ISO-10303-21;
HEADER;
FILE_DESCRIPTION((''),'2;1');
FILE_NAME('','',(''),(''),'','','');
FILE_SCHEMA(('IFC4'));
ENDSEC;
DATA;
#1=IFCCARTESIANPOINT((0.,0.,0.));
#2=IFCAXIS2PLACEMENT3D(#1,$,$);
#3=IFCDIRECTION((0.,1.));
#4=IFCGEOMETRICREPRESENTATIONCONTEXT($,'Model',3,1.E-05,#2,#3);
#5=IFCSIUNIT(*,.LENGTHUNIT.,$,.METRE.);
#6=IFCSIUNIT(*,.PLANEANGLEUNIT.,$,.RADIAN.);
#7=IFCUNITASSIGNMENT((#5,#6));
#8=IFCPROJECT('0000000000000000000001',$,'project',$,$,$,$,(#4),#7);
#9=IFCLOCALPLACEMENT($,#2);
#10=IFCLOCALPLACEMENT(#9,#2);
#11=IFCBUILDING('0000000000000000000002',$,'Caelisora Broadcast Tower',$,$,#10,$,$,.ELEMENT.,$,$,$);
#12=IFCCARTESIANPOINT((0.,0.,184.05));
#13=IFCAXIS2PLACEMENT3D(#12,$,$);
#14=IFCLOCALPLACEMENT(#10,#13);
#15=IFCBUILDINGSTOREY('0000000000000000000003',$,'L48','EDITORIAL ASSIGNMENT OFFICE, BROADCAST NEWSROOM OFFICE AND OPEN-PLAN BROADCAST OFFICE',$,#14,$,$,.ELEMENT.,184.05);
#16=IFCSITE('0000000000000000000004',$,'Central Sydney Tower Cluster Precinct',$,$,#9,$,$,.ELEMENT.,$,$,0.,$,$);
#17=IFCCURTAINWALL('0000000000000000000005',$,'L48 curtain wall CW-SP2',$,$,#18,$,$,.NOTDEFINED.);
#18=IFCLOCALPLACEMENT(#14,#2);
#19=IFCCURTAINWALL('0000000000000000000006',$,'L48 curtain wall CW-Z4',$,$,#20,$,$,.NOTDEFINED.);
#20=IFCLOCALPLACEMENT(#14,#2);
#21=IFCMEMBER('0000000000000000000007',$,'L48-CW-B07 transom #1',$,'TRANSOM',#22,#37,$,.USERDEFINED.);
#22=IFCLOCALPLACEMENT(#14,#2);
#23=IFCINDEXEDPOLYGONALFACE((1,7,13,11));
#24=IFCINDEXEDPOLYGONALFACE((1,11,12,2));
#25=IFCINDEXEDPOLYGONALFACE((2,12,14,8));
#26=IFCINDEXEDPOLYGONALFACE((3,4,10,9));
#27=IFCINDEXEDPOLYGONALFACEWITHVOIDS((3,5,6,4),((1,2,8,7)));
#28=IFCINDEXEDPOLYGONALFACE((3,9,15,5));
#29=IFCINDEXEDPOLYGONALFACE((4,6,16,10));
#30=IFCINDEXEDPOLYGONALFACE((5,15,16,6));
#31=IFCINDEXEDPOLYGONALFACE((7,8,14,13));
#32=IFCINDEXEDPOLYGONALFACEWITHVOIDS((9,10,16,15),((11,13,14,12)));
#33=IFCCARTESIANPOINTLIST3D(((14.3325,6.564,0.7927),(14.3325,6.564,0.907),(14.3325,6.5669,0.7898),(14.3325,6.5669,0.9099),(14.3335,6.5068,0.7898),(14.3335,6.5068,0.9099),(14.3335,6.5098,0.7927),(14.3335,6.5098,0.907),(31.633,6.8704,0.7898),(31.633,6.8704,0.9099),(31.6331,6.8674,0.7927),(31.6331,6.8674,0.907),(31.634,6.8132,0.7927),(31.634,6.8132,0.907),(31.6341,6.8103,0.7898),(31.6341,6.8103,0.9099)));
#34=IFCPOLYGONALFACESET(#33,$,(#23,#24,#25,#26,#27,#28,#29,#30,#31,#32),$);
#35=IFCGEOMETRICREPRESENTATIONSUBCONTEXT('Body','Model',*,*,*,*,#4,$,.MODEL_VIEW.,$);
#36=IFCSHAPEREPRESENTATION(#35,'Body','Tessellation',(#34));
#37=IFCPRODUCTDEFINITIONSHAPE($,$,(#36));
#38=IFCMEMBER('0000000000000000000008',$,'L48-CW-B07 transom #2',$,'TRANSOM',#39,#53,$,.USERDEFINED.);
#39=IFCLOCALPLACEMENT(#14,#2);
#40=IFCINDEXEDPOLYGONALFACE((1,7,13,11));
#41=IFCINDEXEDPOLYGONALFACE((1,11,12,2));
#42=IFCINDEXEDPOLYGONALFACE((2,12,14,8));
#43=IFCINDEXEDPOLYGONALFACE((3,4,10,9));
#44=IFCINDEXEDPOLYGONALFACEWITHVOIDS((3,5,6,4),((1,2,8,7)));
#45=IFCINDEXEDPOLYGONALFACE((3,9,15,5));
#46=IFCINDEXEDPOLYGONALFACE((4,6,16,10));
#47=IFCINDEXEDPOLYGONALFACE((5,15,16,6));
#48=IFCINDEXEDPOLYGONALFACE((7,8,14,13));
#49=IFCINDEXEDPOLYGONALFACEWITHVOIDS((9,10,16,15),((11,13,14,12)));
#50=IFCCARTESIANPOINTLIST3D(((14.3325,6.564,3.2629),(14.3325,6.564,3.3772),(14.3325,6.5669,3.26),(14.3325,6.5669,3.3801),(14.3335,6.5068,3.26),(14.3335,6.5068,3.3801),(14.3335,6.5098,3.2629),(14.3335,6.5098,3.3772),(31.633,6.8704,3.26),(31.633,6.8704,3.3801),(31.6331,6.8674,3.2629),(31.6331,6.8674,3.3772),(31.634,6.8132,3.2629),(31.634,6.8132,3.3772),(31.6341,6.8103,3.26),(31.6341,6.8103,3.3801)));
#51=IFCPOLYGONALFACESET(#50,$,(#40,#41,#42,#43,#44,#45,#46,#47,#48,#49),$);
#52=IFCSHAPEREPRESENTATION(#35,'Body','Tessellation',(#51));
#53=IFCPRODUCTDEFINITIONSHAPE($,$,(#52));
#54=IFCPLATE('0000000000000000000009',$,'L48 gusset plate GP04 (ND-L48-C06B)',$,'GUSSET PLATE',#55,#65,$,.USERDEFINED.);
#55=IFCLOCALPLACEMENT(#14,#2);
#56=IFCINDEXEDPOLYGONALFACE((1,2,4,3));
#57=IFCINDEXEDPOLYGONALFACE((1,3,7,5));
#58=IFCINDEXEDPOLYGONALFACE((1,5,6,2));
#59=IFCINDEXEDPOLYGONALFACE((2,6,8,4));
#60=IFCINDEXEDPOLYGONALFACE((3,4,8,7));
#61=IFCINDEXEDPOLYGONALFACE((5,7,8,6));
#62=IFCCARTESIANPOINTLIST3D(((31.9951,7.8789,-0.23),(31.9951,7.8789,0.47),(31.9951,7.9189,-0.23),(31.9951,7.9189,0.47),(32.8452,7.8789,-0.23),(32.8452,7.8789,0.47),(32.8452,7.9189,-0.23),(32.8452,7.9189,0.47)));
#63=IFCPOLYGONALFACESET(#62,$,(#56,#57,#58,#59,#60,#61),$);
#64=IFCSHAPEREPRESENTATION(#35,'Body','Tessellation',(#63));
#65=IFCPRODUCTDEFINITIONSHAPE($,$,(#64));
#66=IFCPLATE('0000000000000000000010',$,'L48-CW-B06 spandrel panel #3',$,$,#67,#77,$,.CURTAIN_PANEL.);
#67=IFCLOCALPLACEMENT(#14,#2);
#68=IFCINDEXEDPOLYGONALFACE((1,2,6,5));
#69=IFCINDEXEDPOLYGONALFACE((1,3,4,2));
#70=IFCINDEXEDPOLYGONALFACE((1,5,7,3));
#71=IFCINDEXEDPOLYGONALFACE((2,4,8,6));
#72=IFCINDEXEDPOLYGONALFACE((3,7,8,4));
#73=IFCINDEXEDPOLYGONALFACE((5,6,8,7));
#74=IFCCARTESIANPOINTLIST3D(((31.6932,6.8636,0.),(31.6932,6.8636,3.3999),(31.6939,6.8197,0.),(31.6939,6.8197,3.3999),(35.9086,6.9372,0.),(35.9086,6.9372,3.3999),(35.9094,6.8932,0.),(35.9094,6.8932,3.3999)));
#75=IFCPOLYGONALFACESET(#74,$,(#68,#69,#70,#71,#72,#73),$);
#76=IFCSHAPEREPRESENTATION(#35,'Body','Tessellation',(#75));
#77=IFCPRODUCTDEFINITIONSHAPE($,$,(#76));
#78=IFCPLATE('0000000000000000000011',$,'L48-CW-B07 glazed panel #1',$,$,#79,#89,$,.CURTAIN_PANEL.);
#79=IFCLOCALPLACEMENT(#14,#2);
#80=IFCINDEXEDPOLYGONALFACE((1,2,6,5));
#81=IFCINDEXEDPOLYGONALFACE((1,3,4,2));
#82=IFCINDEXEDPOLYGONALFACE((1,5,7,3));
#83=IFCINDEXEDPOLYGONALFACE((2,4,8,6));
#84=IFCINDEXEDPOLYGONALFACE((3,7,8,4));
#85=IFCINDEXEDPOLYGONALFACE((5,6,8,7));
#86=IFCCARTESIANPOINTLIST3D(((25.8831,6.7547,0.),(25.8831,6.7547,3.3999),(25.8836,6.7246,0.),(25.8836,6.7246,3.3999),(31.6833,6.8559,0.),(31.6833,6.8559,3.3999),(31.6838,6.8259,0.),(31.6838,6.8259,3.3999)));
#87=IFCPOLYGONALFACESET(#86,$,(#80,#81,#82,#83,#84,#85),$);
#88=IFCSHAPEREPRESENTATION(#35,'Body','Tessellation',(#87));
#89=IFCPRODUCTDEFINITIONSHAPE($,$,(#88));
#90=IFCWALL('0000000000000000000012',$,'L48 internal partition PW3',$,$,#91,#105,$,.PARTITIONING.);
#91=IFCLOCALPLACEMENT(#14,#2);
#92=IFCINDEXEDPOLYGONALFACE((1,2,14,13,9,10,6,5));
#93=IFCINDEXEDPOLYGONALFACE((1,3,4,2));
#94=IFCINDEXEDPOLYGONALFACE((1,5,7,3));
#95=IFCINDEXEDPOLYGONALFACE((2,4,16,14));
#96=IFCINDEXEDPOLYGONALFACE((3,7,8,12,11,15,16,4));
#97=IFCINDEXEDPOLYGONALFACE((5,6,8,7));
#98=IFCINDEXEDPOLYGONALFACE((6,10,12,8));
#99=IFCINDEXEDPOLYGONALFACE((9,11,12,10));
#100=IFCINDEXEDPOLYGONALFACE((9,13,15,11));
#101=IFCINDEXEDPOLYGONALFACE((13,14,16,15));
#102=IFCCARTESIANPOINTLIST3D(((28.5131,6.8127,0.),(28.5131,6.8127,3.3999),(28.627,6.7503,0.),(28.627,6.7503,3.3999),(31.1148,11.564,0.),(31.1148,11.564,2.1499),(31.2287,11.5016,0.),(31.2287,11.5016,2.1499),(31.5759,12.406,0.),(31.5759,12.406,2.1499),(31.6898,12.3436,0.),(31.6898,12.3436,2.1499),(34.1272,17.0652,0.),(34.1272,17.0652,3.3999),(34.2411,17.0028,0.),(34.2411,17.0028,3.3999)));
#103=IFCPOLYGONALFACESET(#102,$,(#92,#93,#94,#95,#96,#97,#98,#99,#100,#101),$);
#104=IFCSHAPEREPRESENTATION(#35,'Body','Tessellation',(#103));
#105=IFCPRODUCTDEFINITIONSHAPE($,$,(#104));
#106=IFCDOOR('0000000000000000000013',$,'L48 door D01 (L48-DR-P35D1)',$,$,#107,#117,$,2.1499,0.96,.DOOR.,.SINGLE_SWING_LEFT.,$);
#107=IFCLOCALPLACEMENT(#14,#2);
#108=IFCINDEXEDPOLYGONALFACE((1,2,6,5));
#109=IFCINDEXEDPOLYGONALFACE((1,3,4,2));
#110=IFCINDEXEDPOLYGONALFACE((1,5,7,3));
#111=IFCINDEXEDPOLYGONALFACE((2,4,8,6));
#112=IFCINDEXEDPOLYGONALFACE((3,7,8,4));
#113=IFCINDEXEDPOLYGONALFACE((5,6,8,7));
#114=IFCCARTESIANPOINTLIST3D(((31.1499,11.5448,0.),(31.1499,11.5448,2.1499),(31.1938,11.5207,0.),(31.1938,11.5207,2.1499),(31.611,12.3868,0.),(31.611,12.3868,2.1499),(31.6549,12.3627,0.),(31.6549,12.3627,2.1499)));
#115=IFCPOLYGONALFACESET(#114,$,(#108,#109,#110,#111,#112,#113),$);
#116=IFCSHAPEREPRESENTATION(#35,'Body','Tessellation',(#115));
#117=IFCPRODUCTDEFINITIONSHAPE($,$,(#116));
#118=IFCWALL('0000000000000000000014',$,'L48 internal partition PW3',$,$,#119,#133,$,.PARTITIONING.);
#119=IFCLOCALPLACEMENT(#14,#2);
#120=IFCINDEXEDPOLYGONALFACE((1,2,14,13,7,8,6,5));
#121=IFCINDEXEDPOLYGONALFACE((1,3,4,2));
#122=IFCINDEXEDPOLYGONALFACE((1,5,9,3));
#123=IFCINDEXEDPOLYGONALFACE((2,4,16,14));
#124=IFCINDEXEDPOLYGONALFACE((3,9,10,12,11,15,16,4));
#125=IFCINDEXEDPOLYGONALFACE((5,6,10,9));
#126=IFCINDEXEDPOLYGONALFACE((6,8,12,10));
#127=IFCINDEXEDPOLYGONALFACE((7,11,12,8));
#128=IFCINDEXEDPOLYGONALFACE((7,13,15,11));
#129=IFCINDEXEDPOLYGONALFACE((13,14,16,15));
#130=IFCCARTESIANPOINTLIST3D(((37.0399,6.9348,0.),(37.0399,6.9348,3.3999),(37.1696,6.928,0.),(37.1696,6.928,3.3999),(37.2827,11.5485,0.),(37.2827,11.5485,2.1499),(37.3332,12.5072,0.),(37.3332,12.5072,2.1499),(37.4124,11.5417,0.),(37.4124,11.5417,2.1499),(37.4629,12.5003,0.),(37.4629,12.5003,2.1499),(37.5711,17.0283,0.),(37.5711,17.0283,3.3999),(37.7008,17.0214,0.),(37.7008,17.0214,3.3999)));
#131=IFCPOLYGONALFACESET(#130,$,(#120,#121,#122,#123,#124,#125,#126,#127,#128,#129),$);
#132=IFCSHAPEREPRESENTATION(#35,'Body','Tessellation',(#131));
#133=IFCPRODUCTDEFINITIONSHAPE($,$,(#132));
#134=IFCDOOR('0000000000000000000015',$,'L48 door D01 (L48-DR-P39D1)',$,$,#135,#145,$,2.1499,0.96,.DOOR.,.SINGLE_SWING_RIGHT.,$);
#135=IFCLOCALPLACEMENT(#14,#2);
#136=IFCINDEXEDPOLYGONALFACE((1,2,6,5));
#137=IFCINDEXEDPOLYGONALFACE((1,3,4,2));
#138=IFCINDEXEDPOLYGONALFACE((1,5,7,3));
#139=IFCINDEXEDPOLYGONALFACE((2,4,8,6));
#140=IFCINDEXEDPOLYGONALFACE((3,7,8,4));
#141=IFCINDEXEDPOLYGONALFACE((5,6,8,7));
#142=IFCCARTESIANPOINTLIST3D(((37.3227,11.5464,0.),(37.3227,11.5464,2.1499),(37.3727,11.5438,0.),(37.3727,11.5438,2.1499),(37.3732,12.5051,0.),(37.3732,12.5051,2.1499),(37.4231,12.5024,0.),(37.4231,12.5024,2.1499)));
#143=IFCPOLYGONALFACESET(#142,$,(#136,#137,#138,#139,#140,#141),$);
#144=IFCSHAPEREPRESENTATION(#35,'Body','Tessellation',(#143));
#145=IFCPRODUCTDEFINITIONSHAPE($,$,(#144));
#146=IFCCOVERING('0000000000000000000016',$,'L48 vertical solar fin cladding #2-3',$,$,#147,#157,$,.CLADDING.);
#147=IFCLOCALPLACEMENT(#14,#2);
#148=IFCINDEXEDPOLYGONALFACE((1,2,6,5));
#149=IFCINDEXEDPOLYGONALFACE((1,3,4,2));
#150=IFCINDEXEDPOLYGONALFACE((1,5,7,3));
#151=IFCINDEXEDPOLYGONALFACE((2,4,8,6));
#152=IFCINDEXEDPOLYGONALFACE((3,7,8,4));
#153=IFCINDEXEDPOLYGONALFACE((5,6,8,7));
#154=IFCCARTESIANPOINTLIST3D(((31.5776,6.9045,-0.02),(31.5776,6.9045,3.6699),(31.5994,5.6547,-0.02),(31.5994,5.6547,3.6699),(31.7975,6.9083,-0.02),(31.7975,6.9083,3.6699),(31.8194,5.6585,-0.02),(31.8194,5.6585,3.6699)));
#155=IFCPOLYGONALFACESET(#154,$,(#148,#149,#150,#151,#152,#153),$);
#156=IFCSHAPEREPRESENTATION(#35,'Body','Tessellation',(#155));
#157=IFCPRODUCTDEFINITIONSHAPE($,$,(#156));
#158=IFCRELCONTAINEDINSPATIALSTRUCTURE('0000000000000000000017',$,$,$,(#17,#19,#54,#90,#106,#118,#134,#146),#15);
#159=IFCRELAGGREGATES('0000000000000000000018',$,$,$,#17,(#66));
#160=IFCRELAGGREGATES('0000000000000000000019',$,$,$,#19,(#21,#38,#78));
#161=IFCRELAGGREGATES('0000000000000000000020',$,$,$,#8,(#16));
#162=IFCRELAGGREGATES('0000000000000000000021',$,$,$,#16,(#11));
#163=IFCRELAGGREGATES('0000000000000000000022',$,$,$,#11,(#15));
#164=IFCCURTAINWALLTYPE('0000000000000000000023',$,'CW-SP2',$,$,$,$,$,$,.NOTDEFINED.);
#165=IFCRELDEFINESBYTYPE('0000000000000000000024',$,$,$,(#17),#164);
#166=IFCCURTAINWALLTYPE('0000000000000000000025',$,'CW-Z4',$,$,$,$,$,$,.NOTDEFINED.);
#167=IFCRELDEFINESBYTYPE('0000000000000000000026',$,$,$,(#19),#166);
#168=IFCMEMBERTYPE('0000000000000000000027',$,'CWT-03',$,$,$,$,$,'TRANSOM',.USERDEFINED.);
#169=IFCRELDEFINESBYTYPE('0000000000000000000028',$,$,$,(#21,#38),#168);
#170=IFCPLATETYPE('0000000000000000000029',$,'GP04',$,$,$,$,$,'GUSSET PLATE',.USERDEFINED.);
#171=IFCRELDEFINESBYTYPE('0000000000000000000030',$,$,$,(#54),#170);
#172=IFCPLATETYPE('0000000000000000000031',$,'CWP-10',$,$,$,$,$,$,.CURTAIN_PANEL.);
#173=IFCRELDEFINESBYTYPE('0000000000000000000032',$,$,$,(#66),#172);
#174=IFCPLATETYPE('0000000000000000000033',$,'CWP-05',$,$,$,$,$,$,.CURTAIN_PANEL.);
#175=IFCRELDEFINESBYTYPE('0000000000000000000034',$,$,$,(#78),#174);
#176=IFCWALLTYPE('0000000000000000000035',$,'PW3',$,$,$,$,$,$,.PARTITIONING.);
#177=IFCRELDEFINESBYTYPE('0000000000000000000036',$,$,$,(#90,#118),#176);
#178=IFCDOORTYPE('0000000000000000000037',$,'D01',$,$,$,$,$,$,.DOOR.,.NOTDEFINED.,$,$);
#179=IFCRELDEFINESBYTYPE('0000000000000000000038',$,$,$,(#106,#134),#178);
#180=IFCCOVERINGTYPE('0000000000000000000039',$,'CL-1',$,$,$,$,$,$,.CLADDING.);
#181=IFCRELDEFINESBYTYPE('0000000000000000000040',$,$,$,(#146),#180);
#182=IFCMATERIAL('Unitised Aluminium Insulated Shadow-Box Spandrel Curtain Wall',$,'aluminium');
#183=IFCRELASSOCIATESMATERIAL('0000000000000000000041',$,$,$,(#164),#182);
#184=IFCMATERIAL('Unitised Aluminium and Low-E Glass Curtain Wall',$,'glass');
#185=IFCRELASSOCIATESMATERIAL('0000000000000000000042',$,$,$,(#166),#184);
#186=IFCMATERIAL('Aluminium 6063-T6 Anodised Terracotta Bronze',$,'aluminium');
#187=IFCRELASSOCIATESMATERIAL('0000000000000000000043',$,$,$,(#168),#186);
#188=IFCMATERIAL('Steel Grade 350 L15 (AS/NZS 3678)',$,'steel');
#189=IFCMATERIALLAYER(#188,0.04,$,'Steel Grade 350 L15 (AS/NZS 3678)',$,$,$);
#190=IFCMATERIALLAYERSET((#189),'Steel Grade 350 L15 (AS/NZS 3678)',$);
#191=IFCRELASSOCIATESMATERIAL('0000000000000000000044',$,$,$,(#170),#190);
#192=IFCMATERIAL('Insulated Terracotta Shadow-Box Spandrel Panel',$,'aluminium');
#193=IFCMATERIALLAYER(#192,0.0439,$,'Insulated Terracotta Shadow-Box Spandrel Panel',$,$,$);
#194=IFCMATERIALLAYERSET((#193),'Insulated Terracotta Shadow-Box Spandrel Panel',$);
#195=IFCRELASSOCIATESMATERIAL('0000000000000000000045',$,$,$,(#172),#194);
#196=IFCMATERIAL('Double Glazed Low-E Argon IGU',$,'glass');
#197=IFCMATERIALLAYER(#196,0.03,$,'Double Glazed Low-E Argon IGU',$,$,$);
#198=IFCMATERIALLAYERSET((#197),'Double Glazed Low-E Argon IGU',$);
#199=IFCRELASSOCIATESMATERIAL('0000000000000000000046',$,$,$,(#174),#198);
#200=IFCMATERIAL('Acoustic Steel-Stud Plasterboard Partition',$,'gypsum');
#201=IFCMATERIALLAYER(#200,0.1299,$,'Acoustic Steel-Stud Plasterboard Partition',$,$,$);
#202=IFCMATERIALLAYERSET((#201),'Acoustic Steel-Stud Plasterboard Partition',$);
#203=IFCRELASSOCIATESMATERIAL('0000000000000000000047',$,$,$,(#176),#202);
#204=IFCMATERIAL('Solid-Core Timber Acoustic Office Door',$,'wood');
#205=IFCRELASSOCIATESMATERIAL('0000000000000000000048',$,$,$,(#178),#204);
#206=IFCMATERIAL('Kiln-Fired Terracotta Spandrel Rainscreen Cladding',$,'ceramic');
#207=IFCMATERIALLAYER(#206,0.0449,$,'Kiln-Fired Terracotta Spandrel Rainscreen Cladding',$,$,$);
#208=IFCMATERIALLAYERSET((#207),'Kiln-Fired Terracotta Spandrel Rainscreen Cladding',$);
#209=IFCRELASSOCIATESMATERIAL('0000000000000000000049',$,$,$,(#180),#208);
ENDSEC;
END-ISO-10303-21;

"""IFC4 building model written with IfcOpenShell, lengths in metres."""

from ifc_helpers import new_model, si_unit, direction, frame, frame_2d, origin, origin_2d, place, context, subcontext, project, spatial, rectangle, hollow_rectangle, extrude, source, transform, mapped, material, layer, layer_set, material_profile, profile_set, type_object, type_shapes, element, fill, aggregate, save


model = new_model("IFC4")

# Units and contexts
model_context = context("Model", 3, precision=1e-05, world=origin(), true_north=direction((0.0, 1.0)))
body_context = subcontext(model_context, "Body", "Model", "MODEL_VIEW")
ifc_project = project(units=[si_unit("LENGTHUNIT", "METRE"), si_unit("PLANEANGLEUNIT", "RADIAN")], contexts=[model_context])

# Site, building, storey
site_placement = place(None, origin())
site = spatial("IfcSite", under=ifc_project, at=site_placement, Name="Central Sydney Tower Cluster Precinct", CompositionType="ELEMENT", RefElevation=0.0)
building_placement = place(site_placement, origin())
building = spatial("IfcBuilding", under=site, at=building_placement, Name="Caelisora Broadcast Tower", CompositionType="ELEMENT")
storey_placement = place(building_placement, frame((0.0, 0.0, 184.05)))
storey = spatial("IfcBuildingStorey", under=building, at=storey_placement, Name="L48", Description="EDITORIAL ASSIGNMENT OFFICE, BROADCAST NEWSROOM OFFICE AND OPEN-PLAN BROADCAST OFFICE", CompositionType="ELEMENT", Elevation=184.05)

# Shared definitions
ifc_material_1 = material(Name="Steel Grade 350 L15 (AS/NZS 3678)", Category="steel")

# Curtain walls, members
ifc_material_2 = material(Name="Unitised Aluminium Insulated Shadow-Box Spandrel Curtain Wall", Category="aluminium")
curtain_wall_type_1 = type_object("IfcCurtainWallType", Name="CW-SP2", PredefinedType="NOTDEFINED", material=ifc_material_2)
curtain_wall_1_placement = place(storey_placement, origin())
curtain_wall_1 = element("IfcCurtainWall", 1, at=curtain_wall_1_placement, inside=storey, type_object=curtain_wall_type_1, Name="L48 curtain wall CW-SP2", PredefinedType="NOTDEFINED")
ifc_material_3 = material(Name="Aluminium 6063-T6 Anodised Terracotta Bronze", Category="aluminium")
ifc_material_4 = material(Name="Unitised Aluminium and Low-E Glass Curtain Wall", Category="glass")
curtain_wall_type_2 = type_object("IfcCurtainWallType", Name="CW-Z4", PredefinedType="NOTDEFINED", material=ifc_material_4)
curtain_wall_2_placement = place(storey_placement, origin())
curtain_wall_2 = element("IfcCurtainWall", 2, at=curtain_wall_2_placement, inside=storey, type_object=curtain_wall_type_2, Name="L48 curtain wall CW-Z4", PredefinedType="NOTDEFINED")
ifc_material_profile_1 = material_profile(ifc_material_3, hollow_rectangle(XDim=0.0601, YDim=0.1201, WallThickness=0.0029, at=origin_2d()), Name="Aluminium 6063-T6 Anodised Terracotta Bronze")
ifc_profile_set_1 = profile_set([ifc_material_profile_1], Name="Aluminium 6063-T6 Anodised Terracotta Bronze")
member_type_1 = type_object("IfcMemberType", Name="CWT-03", ElementType="TRANSOM", PredefinedType="USERDEFINED", material=ifc_profile_set_1)
shared_shape_1 = source(origin(), body_context, "Body", "SweptSolid", [
    extrude(hollow_rectangle(XDim=0.0601, YDim=0.1201, WallThickness=0.0029, at=origin_2d()), origin(), (0.0, 0.0, 1.0), 17.3032),
])
type_shapes(member_type_1, [shared_shape_1])
member_1_placement = place(storey_placement, frame((31.6335, 6.8403, 0.8499), z_axis=(-0.999846, -0.017538, 0.0), x_axis=(0.017538, -0.999846, 0.0)))
member_1 = element("IfcMember", 3, at=member_1_placement, type_object=member_type_1, Name="L48-CW-B07 transom #1", ObjectType="TRANSOM", PredefinedType="USERDEFINED", context=body_context, shape_type="MappedRepresentation", body=[
    mapped(shared_shape_1, transform((0.0, 0.0, 0.0), scale=1.0)),
])
member_2_placement = place(storey_placement, frame((31.6335, 6.8403, 3.3201), z_axis=(-0.999846, -0.017538, 0.0), x_axis=(0.017538, -0.999846, 0.0)))
member_2 = element("IfcMember", 4, at=member_2_placement, type_object=member_type_1, Name="L48-CW-B07 transom #2", ObjectType="TRANSOM", PredefinedType="USERDEFINED", context=body_context, shape_type="MappedRepresentation", body=[
    mapped(shared_shape_1, transform((0.0, 0.0, 0.0), scale=1.0)),
])

# Plates
ifc_layer_1 = layer(ifc_material_1, 0.04, Name="Steel Grade 350 L15 (AS/NZS 3678)")
ifc_layer_set_1 = layer_set([ifc_layer_1], Name="Steel Grade 350 L15 (AS/NZS 3678)")
plate_type_1 = type_object("IfcPlateType", Name="GP04", ElementType="GUSSET PLATE", PredefinedType="USERDEFINED", material=ifc_layer_set_1)
shared_shape_2 = source(origin(), body_context, "Body", "SweptSolid", [
    extrude(rectangle(XDim=0.8501, YDim=0.04, at=origin_2d()), origin(), (0.0, 0.0, 1.0), 0.7),
])
type_shapes(plate_type_1, [shared_shape_2])
plate_1_placement = place(storey_placement, frame((32.4202, 7.8989, -0.23), z_axis=(0.0, 0.0, 1.0), x_axis=(1.0, 0.0, 0.0)))
element("IfcPlate", 5, at=plate_1_placement, inside=storey, type_object=plate_type_1, Name="L48 gusset plate GP04 (ND-L48-C06B)", ObjectType="GUSSET PLATE", PredefinedType="USERDEFINED", context=body_context, shape_type="MappedRepresentation", body=[
    mapped(shared_shape_2, transform((0.0, 0.0, 0.0), scale=1.0)),
])
ifc_material_5 = material(Name="Insulated Terracotta Shadow-Box Spandrel Panel", Category="aluminium")
ifc_layer_2 = layer(ifc_material_5, 0.0439, Name="Insulated Terracotta Shadow-Box Spandrel Panel")
ifc_layer_set_2 = layer_set([ifc_layer_2], Name="Insulated Terracotta Shadow-Box Spandrel Panel")
plate_type_2 = type_object("IfcPlateType", Name="CWP-10", PredefinedType="CURTAIN_PANEL", material=ifc_layer_set_2)
shared_shape_3 = source(origin(), body_context, "Body", "SweptSolid", [
    extrude(rectangle(XDim=4.2161, YDim=0.0439, at=origin_2d()), origin(), (0.0, 0.0, 1.0), 3.3999),
])
type_shapes(plate_type_2, [shared_shape_3])
plate_2_placement = place(storey_placement, frame((33.8013, 6.8784, 0.0), z_axis=(0.0, 0.0, 1.0), x_axis=(-0.999848, -0.017452, 0.0)))
plate_2 = element("IfcPlate", 6, at=plate_2_placement, type_object=plate_type_2, Name="L48-CW-B06 spandrel panel #3", PredefinedType="CURTAIN_PANEL", context=body_context, shape_type="MappedRepresentation", body=[
    mapped(shared_shape_3, transform((0.0, 0.0, 0.0), scale=1.0)),
])
aggregate(curtain_wall_1, [plate_2])
ifc_material_6 = material(Name="Double Glazed Low-E Argon IGU", Category="glass")
ifc_layer_3 = layer(ifc_material_6, 0.03, Name="Double Glazed Low-E Argon IGU")
ifc_layer_set_3 = layer_set([ifc_layer_3], Name="Double Glazed Low-E Argon IGU")
plate_type_3 = type_object("IfcPlateType", Name="CWP-05", PredefinedType="CURTAIN_PANEL", material=ifc_layer_set_3)
shared_shape_4 = source(origin(), body_context, "Body", "SweptSolid", [
    extrude(rectangle(XDim=5.801, YDim=0.03, at=origin_2d()), origin(), (0.0, 0.0, 1.0), 3.3999),
])
type_shapes(plate_type_3, [shared_shape_4])
plate_3_placement = place(storey_placement, frame((28.7834, 6.7903, 0.0), z_axis=(0.0, 0.0, 1.0), x_axis=(-0.999848, -0.017452, 0.0)))
plate_3 = element("IfcPlate", 7, at=plate_3_placement, type_object=plate_type_3, Name="L48-CW-B07 glazed panel #1", PredefinedType="CURTAIN_PANEL", context=body_context, shape_type="MappedRepresentation", body=[
    mapped(shared_shape_4, transform((0.0, 0.0, 0.0), scale=1.0)),
])
aggregate(curtain_wall_2, [member_1, member_2, plate_3])

# Walls, openings, doors
ifc_material_7 = material(Name="Acoustic Steel-Stud Plasterboard Partition", Category="gypsum")
ifc_layer_4 = layer(ifc_material_7, 0.1299, Name="Acoustic Steel-Stud Plasterboard Partition")
ifc_layer_set_4 = layer_set([ifc_layer_4], Name="Acoustic Steel-Stud Plasterboard Partition")
wall_type = type_object("IfcWallType", Name="PW3", PredefinedType="PARTITIONING", material=ifc_layer_set_4)
wall_1_placement = place(storey_placement, frame((28.5701, 6.7815, 0.0), z_axis=(0.0, 0.0, 1.0), x_axis=(0.480287, 0.877111, 0.0)))
wall_1 = element("IfcWall", 8, at=wall_1_placement, inside=storey, type_object=wall_type, Name="L48 internal partition PW3", PredefinedType="PARTITIONING", context=body_context, shape_type="SweptSolid", body=[
    extrude(rectangle(XDim=11.689, YDim=0.1299, at=frame_2d((5.8445, 0.0))), origin(), (0.0, 0.0, 1.0), 3.3999),
])
opening_1_placement = place(wall_1_placement, frame((5.417, 0.0, 0.0)))
opening_1 = element("IfcOpeningElement", 9, at=opening_1_placement, cuts=wall_1, PredefinedType="OPENING", context=body_context, shape_type="SweptSolid", body=[
    extrude(rectangle(XDim=0.96, YDim=2.1499, at=frame_2d((0.48, 1.075))), frame((0.0, 0.0769, 0.0), z_axis=(0.0, -1.0, 0.0), x_axis=(1.0, 0.0, 0.0)), (0.0, 0.0, 1.0), 0.1538),
])
ifc_material_8 = material(Name="Solid-Core Timber Acoustic Office Door", Category="wood")
door_type = type_object("IfcDoorType", Name="D01", OperationType="NOTDEFINED", PredefinedType="DOOR", material=ifc_material_8)
door_1_placement = place(opening_1_placement, origin())
door_1 = element("IfcDoor", 10, at=door_1_placement, inside=storey, type_object=door_type, Name="L48 door D01 (L48-DR-P35D1)", OperationType="SINGLE_SWING_LEFT", OverallHeight=2.1499, OverallWidth=0.96, PredefinedType="DOOR", context=body_context, shape_type="SweptSolid", body=[
    extrude(rectangle(XDim=0.96, YDim=2.1499, at=frame_2d((0.48, 1.075))), frame((0.0, 0.0249, 0.0), z_axis=(0.0, -1.0, 0.0), x_axis=(1.0, 0.0, 0.0)), (0.0, 0.0, 1.0), 0.05),
])
fill(opening_1, door_1)
wall_2_placement = place(storey_placement, frame((37.1047, 6.9314, 0.0), z_axis=(0.0, 0.0, 1.0), x_axis=(0.05256, 0.998618, 0.0)))
wall_2 = element("IfcWall", 11, at=wall_2_placement, inside=storey, type_object=wall_type, Name="L48 internal partition PW3", PredefinedType="PARTITIONING", context=body_context, shape_type="SweptSolid", body=[
    extrude(rectangle(XDim=10.1074, YDim=0.1299, at=frame_2d((5.0537, 0.0))), origin(), (0.0, 0.0, 1.0), 3.3999),
])
opening_2_placement = place(wall_2_placement, frame((4.6201, 0.0, 0.0)))
opening_2 = element("IfcOpeningElement", 12, at=opening_2_placement, cuts=wall_2, PredefinedType="OPENING", context=body_context, shape_type="SweptSolid", body=[
    extrude(rectangle(XDim=0.96, YDim=2.1499, at=frame_2d((0.48, 1.075))), frame((0.0, 0.0769, 0.0), z_axis=(0.0, -1.0, 0.0), x_axis=(1.0, 0.0, 0.0)), (0.0, 0.0, 1.0), 0.1538),
])
door_2_placement = place(opening_2_placement, origin())
door_2 = element("IfcDoor", 13, at=door_2_placement, inside=storey, type_object=door_type, Name="L48 door D01 (L48-DR-P39D1)", OperationType="SINGLE_SWING_RIGHT", OverallHeight=2.1499, OverallWidth=0.96, PredefinedType="DOOR", context=body_context, shape_type="SweptSolid", body=[
    extrude(rectangle(XDim=0.96, YDim=2.1499, at=frame_2d((0.48, 1.075))), frame((0.0, 0.0249, 0.0), z_axis=(0.0, -1.0, 0.0), x_axis=(1.0, 0.0, 0.0)), (0.0, 0.0, 1.0), 0.05),
])
fill(opening_2, door_2)

# Covering
ifc_material_9 = material(Name="Kiln-Fired Terracotta Spandrel Rainscreen Cladding", Category="ceramic")
ifc_layer_5 = layer(ifc_material_9, 0.0449, Name="Kiln-Fired Terracotta Spandrel Rainscreen Cladding")
ifc_layer_set_5 = layer_set([ifc_layer_5], Name="Kiln-Fired Terracotta Spandrel Rainscreen Cladding")
covering_type = type_object("IfcCoveringType", Name="CL-1", PredefinedType="CLADDING", material=ifc_layer_set_5)
shared_shape_5 = source(origin(), body_context, "Body", "SweptSolid", [
    extrude(rectangle(XDim=0.22, YDim=1.25, at=origin_2d()), origin(), (0.0, 0.0, 1.0), 3.6899),
])
covering_1_placement = place(storey_placement, frame((31.6985, 6.2815, -0.02), z_axis=(0.0, 0.0, 1.0), x_axis=(-0.999848, -0.017452, 0.0)))
element("IfcCovering", 14, at=covering_1_placement, inside=storey, type_object=covering_type, Name="L48 vertical solar fin cladding #2-3", PredefinedType="CLADDING", context=body_context, shape_type="MappedRepresentation", body=[
    mapped(shared_shape_5, transform((0.0, 0.0, 0.0), scale=1.0)),
])

save(model, "model.ifc")
